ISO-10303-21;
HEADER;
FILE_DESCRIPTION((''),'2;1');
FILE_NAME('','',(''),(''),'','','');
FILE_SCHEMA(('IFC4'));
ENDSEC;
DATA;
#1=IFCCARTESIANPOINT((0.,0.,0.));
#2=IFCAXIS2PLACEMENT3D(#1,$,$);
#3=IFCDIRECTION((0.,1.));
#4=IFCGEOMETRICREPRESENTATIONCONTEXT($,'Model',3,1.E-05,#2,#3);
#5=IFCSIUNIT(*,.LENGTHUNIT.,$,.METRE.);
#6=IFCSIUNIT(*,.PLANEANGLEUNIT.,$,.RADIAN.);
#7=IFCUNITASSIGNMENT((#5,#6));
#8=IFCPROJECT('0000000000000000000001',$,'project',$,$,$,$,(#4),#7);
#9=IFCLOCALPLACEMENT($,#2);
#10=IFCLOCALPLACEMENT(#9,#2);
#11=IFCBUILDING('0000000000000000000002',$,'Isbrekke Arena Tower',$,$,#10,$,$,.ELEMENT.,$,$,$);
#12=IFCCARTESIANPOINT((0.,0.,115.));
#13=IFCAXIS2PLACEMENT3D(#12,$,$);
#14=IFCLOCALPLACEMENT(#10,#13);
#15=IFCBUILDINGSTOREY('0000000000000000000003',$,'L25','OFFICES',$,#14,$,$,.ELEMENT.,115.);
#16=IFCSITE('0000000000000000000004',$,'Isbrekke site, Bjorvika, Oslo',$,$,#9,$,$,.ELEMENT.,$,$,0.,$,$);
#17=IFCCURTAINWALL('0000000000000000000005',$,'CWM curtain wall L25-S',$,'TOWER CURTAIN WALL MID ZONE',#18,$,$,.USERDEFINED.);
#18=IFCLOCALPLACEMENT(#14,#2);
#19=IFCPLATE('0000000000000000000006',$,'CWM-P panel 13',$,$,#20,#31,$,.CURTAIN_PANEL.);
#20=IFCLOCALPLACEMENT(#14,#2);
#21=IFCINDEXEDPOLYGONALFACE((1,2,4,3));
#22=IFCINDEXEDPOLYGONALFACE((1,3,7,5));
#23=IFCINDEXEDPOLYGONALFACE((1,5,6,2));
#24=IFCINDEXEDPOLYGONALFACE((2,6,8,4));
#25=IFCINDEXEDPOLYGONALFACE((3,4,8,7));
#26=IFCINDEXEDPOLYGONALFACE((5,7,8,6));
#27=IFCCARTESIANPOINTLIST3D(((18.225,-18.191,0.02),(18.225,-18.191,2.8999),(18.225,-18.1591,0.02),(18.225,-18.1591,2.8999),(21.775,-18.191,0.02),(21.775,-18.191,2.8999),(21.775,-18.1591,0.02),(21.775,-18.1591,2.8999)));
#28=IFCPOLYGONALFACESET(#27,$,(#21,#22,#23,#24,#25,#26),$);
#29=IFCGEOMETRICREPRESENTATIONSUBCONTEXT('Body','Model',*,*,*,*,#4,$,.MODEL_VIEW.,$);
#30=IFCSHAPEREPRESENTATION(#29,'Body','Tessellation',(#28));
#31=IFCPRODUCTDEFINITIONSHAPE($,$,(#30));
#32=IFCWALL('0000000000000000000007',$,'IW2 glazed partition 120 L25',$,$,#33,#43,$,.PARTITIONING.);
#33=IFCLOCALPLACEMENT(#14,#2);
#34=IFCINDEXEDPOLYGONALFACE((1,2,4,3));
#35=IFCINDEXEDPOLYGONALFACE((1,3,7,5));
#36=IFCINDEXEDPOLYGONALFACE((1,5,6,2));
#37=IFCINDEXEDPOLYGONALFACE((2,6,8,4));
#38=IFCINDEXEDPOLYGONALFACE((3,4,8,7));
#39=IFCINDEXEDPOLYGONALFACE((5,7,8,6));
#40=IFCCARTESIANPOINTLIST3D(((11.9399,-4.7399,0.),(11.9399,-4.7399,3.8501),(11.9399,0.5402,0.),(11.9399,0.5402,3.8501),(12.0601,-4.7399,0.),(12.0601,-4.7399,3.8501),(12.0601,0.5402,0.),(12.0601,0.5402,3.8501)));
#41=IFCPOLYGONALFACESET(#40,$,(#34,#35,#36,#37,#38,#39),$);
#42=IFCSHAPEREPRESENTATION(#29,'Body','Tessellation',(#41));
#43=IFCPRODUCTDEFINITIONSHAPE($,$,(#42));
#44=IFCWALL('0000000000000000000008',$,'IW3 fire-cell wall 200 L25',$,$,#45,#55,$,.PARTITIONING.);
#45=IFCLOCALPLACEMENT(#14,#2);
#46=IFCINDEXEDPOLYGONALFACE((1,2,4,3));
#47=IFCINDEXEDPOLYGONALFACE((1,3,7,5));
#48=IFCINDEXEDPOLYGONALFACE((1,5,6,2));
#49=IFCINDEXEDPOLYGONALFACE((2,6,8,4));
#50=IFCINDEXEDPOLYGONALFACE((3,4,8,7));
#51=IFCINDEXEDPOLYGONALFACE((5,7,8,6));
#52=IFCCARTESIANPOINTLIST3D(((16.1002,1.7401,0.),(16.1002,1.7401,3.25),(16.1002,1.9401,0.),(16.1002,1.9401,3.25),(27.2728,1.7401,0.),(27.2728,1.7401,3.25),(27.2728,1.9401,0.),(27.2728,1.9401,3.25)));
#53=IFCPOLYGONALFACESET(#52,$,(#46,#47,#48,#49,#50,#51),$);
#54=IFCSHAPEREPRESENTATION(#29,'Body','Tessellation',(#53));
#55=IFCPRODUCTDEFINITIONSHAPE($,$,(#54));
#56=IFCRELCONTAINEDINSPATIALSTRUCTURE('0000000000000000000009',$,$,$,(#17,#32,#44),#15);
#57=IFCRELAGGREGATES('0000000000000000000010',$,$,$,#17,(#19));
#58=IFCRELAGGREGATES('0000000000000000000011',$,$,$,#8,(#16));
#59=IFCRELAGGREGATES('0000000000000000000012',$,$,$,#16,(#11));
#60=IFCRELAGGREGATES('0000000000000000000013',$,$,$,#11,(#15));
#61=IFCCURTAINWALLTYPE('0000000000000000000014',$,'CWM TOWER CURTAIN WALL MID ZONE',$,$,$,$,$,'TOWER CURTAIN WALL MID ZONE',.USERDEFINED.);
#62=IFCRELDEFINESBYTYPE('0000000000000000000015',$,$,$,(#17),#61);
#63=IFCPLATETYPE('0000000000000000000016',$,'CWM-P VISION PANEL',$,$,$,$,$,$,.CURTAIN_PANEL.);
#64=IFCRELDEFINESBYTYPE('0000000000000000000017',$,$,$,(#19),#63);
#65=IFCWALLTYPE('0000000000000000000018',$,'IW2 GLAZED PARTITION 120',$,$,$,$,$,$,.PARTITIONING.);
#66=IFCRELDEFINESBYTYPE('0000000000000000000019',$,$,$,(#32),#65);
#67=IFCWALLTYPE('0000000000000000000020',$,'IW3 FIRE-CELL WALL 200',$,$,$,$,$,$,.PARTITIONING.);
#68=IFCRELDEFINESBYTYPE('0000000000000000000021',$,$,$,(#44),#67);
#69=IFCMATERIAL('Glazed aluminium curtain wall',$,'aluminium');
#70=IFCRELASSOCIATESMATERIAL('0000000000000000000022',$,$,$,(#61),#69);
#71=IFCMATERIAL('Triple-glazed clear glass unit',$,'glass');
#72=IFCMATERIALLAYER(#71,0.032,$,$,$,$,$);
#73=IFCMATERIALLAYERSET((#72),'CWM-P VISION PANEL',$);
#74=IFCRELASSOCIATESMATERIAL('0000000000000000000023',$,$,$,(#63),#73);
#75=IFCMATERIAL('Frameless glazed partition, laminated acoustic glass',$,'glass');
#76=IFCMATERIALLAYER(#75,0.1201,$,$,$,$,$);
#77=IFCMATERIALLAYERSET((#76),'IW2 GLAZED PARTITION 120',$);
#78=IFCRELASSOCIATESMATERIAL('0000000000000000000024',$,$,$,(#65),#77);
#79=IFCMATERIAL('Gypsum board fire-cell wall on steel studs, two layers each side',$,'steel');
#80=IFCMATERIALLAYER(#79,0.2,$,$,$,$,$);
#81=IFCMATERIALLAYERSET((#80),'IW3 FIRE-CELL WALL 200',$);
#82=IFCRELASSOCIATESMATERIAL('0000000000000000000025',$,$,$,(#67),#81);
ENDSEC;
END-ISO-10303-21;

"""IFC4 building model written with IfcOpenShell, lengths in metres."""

from ifc_helpers import new_model, si_unit, direction, frame, frame_2d, origin, origin_2d, place, context, subcontext, project, spatial, rectangle, extrude, material, layer, layer_set, type_object, element, aggregate, save


model = new_model("IFC4")

# Units and contexts
model_context = context("Model", 3, precision=1e-05, world=origin(), true_north=direction((0.0, 1.0)))
body_context = subcontext(model_context, "Body", "Model", "MODEL_VIEW")
ifc_project = project(units=[si_unit("LENGTHUNIT", "METRE"), si_unit("PLANEANGLEUNIT", "RADIAN")], contexts=[model_context])

# Site, building, storey
site_placement = place(None, origin())
site = spatial("IfcSite", under=ifc_project, at=site_placement, Name="Isbrekke site, Bjorvika, Oslo", CompositionType="ELEMENT", RefElevation=0.0)
building_placement = place(site_placement, origin())
building = spatial("IfcBuilding", under=site, at=building_placement, Name="Isbrekke Arena Tower", CompositionType="ELEMENT")
storey_placement = place(building_placement, frame((0.0, 0.0, 115.0)))
storey = spatial("IfcBuildingStorey", under=building, at=storey_placement, Name="L25", Description="OFFICES", CompositionType="ELEMENT", Elevation=115.0)

# Curtain wall
ifc_material_1 = material(Name="Glazed aluminium curtain wall", Category="aluminium")
curtain_wall_type = type_object("IfcCurtainWallType", Name="CWM TOWER CURTAIN WALL MID ZONE", ElementType="TOWER CURTAIN WALL MID ZONE", PredefinedType="USERDEFINED", material=ifc_material_1)
curtain_wall_placement = place(storey_placement, origin())
curtain_wall = element("IfcCurtainWall", 1, at=curtain_wall_placement, inside=storey, type_object=curtain_wall_type, Name="CWM curtain wall L25-S", ObjectType="TOWER CURTAIN WALL MID ZONE", PredefinedType="USERDEFINED")

# Plate
ifc_material_2 = material(Name="Triple-glazed clear glass unit", Category="glass")
ifc_layer_1 = layer(ifc_material_2, 0.032)
ifc_layer_set_1 = layer_set([ifc_layer_1], Name="CWM-P VISION PANEL")
plate_type = type_object("IfcPlateType", Name="CWM-P VISION PANEL", PredefinedType="CURTAIN_PANEL", material=ifc_layer_set_1)
plate_1_placement = place(storey_placement, frame((20.0, -18.175, 0.02), z_axis=(0.0, 0.0, 1.0), x_axis=(1.0, 0.0, 0.0)))
plate_1 = element("IfcPlate", 2, at=plate_1_placement, type_object=plate_type, Name="CWM-P panel 13", PredefinedType="CURTAIN_PANEL", context=body_context, shape_type="SweptSolid", body=[
    extrude(rectangle(XDim=3.55, YDim=0.032, at=origin_2d()), origin(), (0.0, 0.0, 1.0), 2.8799),
])
aggregate(curtain_wall, [plate_1])

# Walls
ifc_material_3 = material(Name="Frameless glazed partition, laminated acoustic glass", Category="glass")
ifc_layer_2 = layer(ifc_material_3, 0.1201)
ifc_layer_set_2 = layer_set([ifc_layer_2], Name="IW2 GLAZED PARTITION 120")
wall_type_1 = type_object("IfcWallType", Name="IW2 GLAZED PARTITION 120", PredefinedType="PARTITIONING", material=ifc_layer_set_2)
wall_1_placement = place(storey_placement, frame((12.0, -4.74, 0.0), z_axis=(0.0, 0.0, 1.0), x_axis=(0.0, 1.0, 0.0)))
element("IfcWall", 3, at=wall_1_placement, inside=storey, type_object=wall_type_1, Name="IW2 glazed partition 120 L25", PredefinedType="PARTITIONING", context=body_context, shape_type="SweptSolid", body=[
    extrude(rectangle(XDim=5.28, YDim=0.1201, at=frame_2d((2.6401, 0.0))), origin(), (0.0, 0.0, 1.0), 3.8501),
])
ifc_material_4 = material(Name="Gypsum board fire-cell wall on steel studs, two layers each side", Category="steel")
ifc_layer_3 = layer(ifc_material_4, 0.2)
ifc_layer_set_3 = layer_set([ifc_layer_3], Name="IW3 FIRE-CELL WALL 200")
wall_type_2 = type_object("IfcWallType", Name="IW3 FIRE-CELL WALL 200", PredefinedType="PARTITIONING", material=ifc_layer_set_3)
wall_2_placement = place(storey_placement, frame((16.1001, 1.8401, 0.0), z_axis=(0.0, 0.0, 1.0), x_axis=(1.0, 0.0, 0.0)))
element("IfcWall", 4, at=wall_2_placement, inside=storey, type_object=wall_type_2, Name="IW3 fire-cell wall 200 L25", PredefinedType="PARTITIONING", context=body_context, shape_type="SweptSolid", body=[
    extrude(rectangle(XDim=11.1726, YDim=0.2, at=frame_2d((5.5864, 0.0))), origin(), (0.0, 0.0, 1.0), 3.25),
])

save(model, "model.ifc")
